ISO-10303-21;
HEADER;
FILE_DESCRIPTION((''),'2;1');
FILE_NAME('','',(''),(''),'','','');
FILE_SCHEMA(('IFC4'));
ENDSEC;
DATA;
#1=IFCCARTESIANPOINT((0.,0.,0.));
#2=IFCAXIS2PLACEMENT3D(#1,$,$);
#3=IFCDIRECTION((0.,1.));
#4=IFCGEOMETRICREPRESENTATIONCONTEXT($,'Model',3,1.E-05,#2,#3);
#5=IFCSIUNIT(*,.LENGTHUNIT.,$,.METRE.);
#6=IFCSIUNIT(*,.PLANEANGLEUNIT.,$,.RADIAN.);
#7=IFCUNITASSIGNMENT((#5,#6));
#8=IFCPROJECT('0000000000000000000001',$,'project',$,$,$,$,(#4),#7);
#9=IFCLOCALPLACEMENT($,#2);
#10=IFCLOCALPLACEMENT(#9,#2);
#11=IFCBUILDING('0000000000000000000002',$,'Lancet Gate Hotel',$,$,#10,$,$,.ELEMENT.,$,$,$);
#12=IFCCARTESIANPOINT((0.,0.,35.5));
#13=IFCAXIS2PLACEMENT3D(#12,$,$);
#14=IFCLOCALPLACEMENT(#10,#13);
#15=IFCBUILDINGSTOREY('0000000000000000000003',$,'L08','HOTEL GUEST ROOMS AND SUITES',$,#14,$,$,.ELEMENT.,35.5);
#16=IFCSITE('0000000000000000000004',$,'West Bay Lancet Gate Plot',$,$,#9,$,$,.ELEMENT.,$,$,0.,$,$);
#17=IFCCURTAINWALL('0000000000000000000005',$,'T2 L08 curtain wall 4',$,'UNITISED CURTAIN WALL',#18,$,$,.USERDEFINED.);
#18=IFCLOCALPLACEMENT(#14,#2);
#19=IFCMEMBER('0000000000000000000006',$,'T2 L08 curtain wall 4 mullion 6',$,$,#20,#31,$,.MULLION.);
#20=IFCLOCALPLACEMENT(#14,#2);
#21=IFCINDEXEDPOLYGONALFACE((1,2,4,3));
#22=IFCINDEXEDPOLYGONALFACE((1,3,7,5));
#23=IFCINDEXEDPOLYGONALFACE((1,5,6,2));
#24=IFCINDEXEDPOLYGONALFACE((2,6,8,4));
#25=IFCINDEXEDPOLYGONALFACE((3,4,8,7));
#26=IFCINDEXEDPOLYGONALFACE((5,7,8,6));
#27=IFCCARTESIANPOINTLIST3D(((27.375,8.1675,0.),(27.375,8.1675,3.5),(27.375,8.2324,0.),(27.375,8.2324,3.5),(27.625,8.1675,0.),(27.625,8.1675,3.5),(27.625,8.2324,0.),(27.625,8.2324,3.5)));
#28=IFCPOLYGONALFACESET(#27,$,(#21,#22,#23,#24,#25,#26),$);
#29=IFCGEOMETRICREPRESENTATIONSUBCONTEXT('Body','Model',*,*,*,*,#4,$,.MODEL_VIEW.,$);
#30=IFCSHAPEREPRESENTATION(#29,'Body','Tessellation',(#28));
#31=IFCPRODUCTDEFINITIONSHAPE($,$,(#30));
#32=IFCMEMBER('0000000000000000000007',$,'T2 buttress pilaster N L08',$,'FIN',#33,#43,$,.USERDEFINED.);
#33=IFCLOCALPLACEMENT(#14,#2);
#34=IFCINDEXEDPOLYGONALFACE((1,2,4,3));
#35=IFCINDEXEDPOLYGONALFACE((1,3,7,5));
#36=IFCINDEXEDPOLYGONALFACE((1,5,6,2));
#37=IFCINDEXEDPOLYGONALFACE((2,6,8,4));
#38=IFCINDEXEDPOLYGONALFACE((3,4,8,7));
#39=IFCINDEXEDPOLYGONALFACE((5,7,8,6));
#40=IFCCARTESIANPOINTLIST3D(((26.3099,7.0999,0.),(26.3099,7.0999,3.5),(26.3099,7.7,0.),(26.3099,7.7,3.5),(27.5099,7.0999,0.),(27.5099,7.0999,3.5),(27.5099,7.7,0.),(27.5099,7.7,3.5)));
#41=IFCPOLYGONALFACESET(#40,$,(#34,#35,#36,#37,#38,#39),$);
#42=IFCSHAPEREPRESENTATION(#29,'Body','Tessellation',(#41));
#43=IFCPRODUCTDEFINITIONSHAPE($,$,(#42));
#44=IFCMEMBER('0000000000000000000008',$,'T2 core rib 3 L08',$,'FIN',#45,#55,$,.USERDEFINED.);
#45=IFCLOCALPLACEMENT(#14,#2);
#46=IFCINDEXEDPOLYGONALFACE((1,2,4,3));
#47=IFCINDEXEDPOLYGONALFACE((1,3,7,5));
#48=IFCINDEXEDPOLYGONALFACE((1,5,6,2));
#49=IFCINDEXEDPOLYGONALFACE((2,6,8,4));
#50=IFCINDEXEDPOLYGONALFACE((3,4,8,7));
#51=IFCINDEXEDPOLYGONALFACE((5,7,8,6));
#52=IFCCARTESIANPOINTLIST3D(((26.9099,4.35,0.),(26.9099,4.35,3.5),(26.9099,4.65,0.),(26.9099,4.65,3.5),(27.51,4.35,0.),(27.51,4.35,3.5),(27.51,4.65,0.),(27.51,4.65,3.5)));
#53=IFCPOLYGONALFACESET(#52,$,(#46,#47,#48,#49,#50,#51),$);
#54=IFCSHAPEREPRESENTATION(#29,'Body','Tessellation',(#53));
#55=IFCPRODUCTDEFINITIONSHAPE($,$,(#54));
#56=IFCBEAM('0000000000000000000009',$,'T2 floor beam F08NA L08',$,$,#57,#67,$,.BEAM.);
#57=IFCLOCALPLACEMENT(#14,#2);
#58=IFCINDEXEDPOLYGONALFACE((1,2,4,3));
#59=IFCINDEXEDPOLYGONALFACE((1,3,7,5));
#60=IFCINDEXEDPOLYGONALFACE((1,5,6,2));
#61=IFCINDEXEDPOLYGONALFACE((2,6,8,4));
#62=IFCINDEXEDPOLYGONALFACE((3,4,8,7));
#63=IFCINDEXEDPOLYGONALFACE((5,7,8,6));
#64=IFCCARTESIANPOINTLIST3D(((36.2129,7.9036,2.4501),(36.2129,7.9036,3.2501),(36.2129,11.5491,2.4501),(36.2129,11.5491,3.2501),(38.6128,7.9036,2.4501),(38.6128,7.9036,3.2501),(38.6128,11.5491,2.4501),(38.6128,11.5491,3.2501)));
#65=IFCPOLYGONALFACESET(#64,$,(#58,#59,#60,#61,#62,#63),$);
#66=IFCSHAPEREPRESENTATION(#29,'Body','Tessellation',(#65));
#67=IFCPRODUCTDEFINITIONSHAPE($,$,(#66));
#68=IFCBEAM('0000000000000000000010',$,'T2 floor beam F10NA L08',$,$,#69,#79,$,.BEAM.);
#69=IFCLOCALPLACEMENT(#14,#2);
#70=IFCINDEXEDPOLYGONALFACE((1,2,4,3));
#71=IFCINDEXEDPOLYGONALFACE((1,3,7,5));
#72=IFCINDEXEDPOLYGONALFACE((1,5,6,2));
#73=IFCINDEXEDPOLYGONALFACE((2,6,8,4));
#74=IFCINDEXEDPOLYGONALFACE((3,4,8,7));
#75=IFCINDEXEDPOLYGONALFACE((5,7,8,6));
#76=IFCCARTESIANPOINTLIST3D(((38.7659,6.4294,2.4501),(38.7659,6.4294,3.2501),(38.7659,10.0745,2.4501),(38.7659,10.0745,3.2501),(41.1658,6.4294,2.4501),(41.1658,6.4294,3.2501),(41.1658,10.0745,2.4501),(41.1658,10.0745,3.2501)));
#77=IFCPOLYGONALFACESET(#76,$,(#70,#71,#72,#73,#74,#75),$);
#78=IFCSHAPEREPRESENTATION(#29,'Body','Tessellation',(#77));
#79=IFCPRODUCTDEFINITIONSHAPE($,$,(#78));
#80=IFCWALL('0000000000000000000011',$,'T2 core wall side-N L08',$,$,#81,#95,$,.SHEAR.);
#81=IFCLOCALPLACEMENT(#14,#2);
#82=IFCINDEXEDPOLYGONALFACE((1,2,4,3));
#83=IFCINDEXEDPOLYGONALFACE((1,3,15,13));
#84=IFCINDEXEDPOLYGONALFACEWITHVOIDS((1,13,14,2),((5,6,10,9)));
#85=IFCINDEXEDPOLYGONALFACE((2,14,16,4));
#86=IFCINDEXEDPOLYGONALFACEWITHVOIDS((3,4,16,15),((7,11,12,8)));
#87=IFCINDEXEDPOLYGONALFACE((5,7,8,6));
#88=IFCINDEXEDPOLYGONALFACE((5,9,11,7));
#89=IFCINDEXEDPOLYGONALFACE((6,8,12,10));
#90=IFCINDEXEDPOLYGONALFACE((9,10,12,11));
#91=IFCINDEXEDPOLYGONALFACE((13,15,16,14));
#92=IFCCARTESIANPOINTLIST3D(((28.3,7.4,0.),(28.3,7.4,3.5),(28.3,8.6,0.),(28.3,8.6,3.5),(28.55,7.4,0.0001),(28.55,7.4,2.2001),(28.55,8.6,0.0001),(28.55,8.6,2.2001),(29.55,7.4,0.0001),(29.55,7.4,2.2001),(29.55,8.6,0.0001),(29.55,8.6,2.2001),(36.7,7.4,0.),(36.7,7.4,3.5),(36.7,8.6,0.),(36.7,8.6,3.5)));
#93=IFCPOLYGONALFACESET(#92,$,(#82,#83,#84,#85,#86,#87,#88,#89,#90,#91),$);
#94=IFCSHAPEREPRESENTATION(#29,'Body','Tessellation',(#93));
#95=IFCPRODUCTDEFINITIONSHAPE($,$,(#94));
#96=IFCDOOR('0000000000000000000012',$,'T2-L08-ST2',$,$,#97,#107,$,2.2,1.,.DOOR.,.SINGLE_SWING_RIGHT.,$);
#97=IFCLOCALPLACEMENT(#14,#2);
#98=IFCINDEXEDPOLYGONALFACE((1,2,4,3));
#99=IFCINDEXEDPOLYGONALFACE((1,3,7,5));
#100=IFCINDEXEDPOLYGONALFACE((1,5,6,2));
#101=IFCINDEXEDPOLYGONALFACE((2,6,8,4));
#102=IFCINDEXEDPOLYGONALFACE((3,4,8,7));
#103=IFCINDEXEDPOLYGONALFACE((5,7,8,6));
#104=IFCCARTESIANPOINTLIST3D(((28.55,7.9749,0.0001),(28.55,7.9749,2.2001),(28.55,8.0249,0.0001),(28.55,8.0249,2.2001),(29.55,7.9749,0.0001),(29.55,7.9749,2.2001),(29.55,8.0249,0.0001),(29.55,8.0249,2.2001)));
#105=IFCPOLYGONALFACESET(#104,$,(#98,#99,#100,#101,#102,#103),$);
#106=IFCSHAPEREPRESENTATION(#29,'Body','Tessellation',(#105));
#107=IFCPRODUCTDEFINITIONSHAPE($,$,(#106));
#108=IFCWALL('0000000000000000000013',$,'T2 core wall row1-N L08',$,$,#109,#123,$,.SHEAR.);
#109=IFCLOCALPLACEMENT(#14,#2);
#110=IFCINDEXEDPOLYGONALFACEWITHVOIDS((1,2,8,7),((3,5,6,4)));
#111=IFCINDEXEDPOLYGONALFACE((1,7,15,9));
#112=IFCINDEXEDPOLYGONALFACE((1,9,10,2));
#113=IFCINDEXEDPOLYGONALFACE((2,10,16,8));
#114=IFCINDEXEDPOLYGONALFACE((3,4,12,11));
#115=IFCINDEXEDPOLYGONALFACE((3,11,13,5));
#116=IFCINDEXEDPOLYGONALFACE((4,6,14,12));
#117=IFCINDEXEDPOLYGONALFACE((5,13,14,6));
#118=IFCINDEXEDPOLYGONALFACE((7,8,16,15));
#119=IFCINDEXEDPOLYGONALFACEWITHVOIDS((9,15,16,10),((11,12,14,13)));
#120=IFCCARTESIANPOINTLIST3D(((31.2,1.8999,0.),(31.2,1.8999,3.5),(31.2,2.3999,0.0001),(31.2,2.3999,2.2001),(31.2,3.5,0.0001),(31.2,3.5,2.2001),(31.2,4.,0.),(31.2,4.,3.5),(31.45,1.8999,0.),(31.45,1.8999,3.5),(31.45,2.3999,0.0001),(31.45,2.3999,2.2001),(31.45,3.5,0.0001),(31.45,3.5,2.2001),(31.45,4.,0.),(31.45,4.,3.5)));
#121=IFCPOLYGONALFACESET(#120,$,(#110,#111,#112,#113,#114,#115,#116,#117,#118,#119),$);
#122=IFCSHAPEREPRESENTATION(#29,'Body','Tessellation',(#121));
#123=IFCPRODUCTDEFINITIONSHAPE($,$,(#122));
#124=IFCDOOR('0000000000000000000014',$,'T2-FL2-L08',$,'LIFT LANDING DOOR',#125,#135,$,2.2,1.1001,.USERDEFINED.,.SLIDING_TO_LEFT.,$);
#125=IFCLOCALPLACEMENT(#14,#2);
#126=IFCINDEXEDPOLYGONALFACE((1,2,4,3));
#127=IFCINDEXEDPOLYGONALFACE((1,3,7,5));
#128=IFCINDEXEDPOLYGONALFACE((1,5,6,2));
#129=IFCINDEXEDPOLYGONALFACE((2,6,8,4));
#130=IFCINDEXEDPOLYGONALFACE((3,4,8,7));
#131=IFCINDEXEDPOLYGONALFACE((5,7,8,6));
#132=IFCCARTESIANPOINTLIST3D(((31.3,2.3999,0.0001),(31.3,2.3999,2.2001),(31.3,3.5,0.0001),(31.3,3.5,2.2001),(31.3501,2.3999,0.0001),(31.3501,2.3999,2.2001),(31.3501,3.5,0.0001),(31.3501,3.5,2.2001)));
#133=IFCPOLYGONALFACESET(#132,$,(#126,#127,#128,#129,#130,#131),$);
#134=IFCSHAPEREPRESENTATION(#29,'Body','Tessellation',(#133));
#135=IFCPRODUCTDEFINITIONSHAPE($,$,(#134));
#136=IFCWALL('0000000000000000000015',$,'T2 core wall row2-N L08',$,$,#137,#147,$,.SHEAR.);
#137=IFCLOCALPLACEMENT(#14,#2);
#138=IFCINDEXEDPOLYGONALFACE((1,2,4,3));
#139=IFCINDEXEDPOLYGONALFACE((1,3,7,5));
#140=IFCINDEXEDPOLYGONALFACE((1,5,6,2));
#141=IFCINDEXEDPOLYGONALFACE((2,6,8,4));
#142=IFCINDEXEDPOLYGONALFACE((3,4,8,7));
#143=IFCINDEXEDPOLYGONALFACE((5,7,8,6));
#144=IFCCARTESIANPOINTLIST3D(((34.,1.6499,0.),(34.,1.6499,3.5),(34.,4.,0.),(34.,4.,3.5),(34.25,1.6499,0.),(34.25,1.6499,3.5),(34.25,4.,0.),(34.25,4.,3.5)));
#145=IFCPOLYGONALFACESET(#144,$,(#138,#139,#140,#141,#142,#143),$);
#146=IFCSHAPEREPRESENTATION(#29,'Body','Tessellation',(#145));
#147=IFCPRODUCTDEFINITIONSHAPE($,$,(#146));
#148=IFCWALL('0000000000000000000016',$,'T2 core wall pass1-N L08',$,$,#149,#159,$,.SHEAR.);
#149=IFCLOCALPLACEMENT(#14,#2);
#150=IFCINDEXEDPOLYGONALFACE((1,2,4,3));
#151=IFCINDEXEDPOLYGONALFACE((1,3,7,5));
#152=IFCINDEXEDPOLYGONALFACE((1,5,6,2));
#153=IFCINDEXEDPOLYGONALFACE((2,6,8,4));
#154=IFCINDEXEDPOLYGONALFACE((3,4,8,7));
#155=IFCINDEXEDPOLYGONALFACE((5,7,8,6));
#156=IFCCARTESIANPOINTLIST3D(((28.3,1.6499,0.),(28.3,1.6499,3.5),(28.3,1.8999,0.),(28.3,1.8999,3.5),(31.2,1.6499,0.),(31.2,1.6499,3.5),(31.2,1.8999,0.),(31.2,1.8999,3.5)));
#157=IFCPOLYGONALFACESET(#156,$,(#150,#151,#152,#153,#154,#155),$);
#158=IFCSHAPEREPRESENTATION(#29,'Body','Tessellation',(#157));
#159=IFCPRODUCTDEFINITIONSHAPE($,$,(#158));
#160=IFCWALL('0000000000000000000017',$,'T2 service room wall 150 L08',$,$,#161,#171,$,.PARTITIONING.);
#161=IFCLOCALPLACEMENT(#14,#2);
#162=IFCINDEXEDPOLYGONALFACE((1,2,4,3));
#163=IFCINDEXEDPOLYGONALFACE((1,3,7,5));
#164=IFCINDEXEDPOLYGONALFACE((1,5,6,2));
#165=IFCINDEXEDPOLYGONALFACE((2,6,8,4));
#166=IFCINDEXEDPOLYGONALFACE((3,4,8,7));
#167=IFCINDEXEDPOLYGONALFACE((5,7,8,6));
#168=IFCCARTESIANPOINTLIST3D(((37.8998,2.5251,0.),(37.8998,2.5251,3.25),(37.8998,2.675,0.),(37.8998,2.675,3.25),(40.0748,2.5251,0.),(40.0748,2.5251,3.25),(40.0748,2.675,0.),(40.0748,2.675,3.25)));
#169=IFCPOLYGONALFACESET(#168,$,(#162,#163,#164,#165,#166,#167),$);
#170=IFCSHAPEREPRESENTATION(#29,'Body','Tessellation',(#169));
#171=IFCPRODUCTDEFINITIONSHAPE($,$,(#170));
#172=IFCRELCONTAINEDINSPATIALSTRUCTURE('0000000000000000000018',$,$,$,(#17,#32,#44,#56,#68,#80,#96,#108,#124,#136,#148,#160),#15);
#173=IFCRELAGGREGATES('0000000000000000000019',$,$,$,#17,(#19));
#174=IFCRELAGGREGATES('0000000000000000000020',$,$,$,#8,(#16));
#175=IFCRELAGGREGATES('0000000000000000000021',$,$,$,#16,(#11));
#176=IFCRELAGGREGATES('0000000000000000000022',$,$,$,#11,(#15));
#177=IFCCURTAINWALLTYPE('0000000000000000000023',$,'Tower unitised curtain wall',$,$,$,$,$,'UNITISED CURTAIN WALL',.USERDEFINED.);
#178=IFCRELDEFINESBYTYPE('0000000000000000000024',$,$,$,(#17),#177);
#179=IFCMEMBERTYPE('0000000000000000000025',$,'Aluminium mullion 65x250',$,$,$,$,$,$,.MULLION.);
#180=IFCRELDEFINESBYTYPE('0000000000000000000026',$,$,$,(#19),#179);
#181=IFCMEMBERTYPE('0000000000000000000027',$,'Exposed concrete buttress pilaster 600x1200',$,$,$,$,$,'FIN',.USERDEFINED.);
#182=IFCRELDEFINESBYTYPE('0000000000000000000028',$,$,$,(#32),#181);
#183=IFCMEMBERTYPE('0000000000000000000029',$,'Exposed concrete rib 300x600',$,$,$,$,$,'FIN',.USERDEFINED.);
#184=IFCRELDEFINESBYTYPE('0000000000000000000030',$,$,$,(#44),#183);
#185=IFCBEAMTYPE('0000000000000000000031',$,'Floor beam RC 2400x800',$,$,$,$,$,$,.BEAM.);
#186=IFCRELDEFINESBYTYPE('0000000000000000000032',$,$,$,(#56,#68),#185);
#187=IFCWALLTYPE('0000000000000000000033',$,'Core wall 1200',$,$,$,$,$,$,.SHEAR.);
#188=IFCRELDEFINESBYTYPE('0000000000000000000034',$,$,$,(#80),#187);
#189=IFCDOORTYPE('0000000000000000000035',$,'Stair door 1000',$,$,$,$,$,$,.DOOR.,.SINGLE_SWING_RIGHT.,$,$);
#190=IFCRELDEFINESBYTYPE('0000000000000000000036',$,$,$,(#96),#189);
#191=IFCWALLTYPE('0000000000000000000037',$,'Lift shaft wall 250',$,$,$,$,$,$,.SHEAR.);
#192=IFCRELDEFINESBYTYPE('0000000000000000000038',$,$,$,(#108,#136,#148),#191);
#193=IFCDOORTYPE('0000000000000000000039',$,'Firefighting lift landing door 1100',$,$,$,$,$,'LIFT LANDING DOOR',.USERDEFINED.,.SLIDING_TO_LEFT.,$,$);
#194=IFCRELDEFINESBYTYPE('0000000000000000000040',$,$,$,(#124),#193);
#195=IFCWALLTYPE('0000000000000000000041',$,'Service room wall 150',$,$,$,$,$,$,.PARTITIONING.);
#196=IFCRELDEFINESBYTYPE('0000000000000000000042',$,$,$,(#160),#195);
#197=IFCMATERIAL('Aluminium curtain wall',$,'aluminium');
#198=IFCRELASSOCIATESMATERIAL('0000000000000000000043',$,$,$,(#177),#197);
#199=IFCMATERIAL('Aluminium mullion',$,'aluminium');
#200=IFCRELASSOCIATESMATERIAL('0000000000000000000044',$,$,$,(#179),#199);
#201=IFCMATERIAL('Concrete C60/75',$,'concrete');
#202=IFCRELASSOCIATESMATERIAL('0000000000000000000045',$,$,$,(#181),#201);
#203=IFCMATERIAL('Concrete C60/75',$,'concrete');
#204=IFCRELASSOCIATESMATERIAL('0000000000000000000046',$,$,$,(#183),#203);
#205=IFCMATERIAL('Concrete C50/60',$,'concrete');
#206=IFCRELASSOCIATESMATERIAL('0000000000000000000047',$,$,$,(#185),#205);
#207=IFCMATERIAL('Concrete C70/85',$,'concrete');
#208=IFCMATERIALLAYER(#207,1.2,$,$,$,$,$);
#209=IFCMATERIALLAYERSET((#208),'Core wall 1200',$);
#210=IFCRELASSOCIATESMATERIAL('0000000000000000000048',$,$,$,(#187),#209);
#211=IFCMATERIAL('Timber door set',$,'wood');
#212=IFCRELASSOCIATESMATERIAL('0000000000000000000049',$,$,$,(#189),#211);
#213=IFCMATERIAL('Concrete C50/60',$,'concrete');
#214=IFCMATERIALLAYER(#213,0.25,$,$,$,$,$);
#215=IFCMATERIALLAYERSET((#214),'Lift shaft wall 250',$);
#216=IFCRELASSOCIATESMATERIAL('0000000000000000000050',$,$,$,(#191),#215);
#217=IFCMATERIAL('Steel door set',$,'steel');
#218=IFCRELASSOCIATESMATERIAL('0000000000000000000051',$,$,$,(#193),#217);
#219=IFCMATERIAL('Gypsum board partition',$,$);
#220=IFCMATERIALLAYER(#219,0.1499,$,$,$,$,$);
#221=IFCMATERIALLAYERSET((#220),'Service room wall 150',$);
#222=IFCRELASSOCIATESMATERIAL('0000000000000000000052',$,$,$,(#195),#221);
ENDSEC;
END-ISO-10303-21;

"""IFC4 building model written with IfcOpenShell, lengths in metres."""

from ifc_helpers import new_model, si_unit, direction, frame, frame_2d, origin, origin_2d, place, context, subcontext, project, spatial, rectangle, extrude, material, layer, layer_set, material_profile, profile_set, type_object, element, fill, aggregate, save


model = new_model("IFC4")

# Units and contexts
model_context = context("Model", 3, precision=1e-05, world=origin(), true_north=direction((0.0, 1.0)))
body_context = subcontext(model_context, "Body", "Model", "MODEL_VIEW")
ifc_project = project(units=[si_unit("LENGTHUNIT", "METRE"), si_unit("PLANEANGLEUNIT", "RADIAN")], contexts=[model_context])

# Site, building, storey
site_placement = place(None, origin())
site = spatial("IfcSite", under=ifc_project, at=site_placement, Name="West Bay Lancet Gate Plot", CompositionType="ELEMENT", RefElevation=0.0)
building_placement = place(site_placement, origin())
building = spatial("IfcBuilding", under=site, at=building_placement, Name="Lancet Gate Hotel", CompositionType="ELEMENT")
storey_placement = place(building_placement, frame((0.0, 0.0, 35.5)))
storey = spatial("IfcBuildingStorey", under=building, at=storey_placement, Name="L08", Description="HOTEL GUEST ROOMS AND SUITES", CompositionType="ELEMENT", Elevation=35.5)

# Curtain wall, member
ifc_material_1 = material(Name="Aluminium curtain wall", Category="aluminium")
curtain_wall_type = type_object("IfcCurtainWallType", Name="Tower unitised curtain wall", ElementType="UNITISED CURTAIN WALL", PredefinedType="USERDEFINED", material=ifc_material_1)
curtain_wall_placement = place(storey_placement, origin())
curtain_wall = element("IfcCurtainWall", 1, at=curtain_wall_placement, inside=storey, type_object=curtain_wall_type, Name="T2 L08 curtain wall 4", ObjectType="UNITISED CURTAIN WALL", PredefinedType="USERDEFINED")
ifc_material_2 = material(Name="Aluminium mullion", Category="aluminium")
ifc_material_profile_1 = material_profile(ifc_material_2, rectangle(XDim=0.0649, YDim=0.25, at=origin_2d()), Name="MULLION 65x250")
ifc_profile_set_1 = profile_set([ifc_material_profile_1], Name="Aluminium mullion")
member_type_1 = type_object("IfcMemberType", Name="Aluminium mullion 65x250", PredefinedType="MULLION", material=ifc_profile_set_1)
member_1_placement = place(storey_placement, frame((27.5, 8.2, 0.0), z_axis=(0.0, 0.0, 1.0), x_axis=(0.0, -1.0, 0.0)))
member_1 = element("IfcMember", 2, at=member_1_placement, type_object=member_type_1, Name="T2 L08 curtain wall 4 mullion 6", PredefinedType="MULLION", context=body_context, shape_type="SweptSolid", body=[
    extrude(rectangle(XDim=0.0649, YDim=0.25, at=origin_2d()), origin(), (0.0, 0.0, 1.0), 3.5),
])
aggregate(curtain_wall, [member_1])

# Members
ifc_material_3 = material(Name="Concrete C60/75", Category="concrete")
ifc_material_profile_2 = material_profile(ifc_material_3, rectangle(XDim=0.6001, YDim=1.2, at=origin_2d()), Name="FIN 600x1200")
ifc_profile_set_2 = profile_set([ifc_material_profile_2], Name="Concrete C60/75")
member_type_2 = type_object("IfcMemberType", Name="Exposed concrete buttress pilaster 600x1200", ElementType="FIN", PredefinedType="USERDEFINED", material=ifc_profile_set_2)
member_2_placement = place(storey_placement, frame((26.9099, 7.3999, 0.0), z_axis=(0.0, 0.0, 1.0), x_axis=(0.0, 1.0, 0.0)))
element("IfcMember", 3, at=member_2_placement, inside=storey, type_object=member_type_2, Name="T2 buttress pilaster N L08", ObjectType="FIN", PredefinedType="USERDEFINED", context=body_context, shape_type="SweptSolid", body=[
    extrude(rectangle(XDim=0.6001, YDim=1.2, at=origin_2d()), origin(), (0.0, 0.0, 1.0), 3.5),
])
ifc_material_4 = material(Name="Concrete C60/75", Category="concrete")
ifc_material_profile_3 = material_profile(ifc_material_4, rectangle(XDim=0.3, YDim=0.6001, at=origin_2d()), Name="FIN 300x600")
ifc_profile_set_3 = profile_set([ifc_material_profile_3], Name="Concrete C60/75")
member_type_3 = type_object("IfcMemberType", Name="Exposed concrete rib 300x600", ElementType="FIN", PredefinedType="USERDEFINED", material=ifc_profile_set_3)
member_3_placement = place(storey_placement, frame((27.21, 4.5, 0.0), z_axis=(0.0, 0.0, 1.0), x_axis=(0.0, 1.0, 0.0)))
element("IfcMember", 4, at=member_3_placement, inside=storey, type_object=member_type_3, Name="T2 core rib 3 L08", ObjectType="FIN", PredefinedType="USERDEFINED", context=body_context, shape_type="SweptSolid", body=[
    extrude(rectangle(XDim=0.3, YDim=0.6001, at=origin_2d()), origin(), (0.0, 0.0, 1.0), 3.5),
])

# Beams
ifc_material_5 = material(Name="Concrete C50/60", Category="concrete")
ifc_material_profile_4 = material_profile(ifc_material_5, rectangle(XDim=2.3999, YDim=0.8, at=origin_2d()), Name="RC 2400x800")
ifc_profile_set_4 = profile_set([ifc_material_profile_4], Name="Concrete C50/60")
beam_type = type_object("IfcBeamType", Name="Floor beam RC 2400x800", PredefinedType="BEAM", material=ifc_profile_set_4)
beam_1_placement = place(storey_placement, frame((37.4128, 7.9036, 2.8501), z_axis=(0.0, 1.0, 0.0), x_axis=(-1.0, 0.0, 0.0)))
element("IfcBeam", 5, at=beam_1_placement, inside=storey, type_object=beam_type, Name="T2 floor beam F08NA L08", PredefinedType="BEAM", context=body_context, shape_type="SweptSolid", body=[
    extrude(rectangle(XDim=2.3999, YDim=0.8, at=origin_2d()), origin(), (0.0, 0.0, 1.0), 3.6455),
])
beam_2_placement = place(storey_placement, frame((39.9658, 6.4294, 2.8501), z_axis=(0.0, 1.0, 0.0), x_axis=(-1.0, 0.0, 0.0)))
element("IfcBeam", 6, at=beam_2_placement, inside=storey, type_object=beam_type, Name="T2 floor beam F10NA L08", PredefinedType="BEAM", context=body_context, shape_type="SweptSolid", body=[
    extrude(rectangle(XDim=2.3999, YDim=0.8, at=origin_2d()), origin(), (0.0, 0.0, 1.0), 3.645),
])

# Walls, openings, doors
ifc_material_6 = material(Name="Concrete C70/85", Category="concrete")
ifc_layer_1 = layer(ifc_material_6, 1.2)
ifc_layer_set_1 = layer_set([ifc_layer_1], Name="Core wall 1200")
wall_type_1 = type_object("IfcWallType", Name="Core wall 1200", PredefinedType="SHEAR", material=ifc_layer_set_1)
wall_1_placement = place(storey_placement, frame((28.3, 8.0, 0.0), z_axis=(0.0, 0.0, 1.0), x_axis=(1.0, 0.0, 0.0)))
wall_1 = element("IfcWall", 7, at=wall_1_placement, inside=storey, type_object=wall_type_1, Name="T2 core wall side-N L08", PredefinedType="SHEAR", context=body_context, shape_type="SweptSolid", body=[
    extrude(rectangle(XDim=8.3999, YDim=1.2, at=frame_2d((4.2, 0.0))), origin(), (0.0, 0.0, 1.0), 3.5),
])
opening_1_placement = place(wall_1_placement, frame((0.25, 0.0, 0.0)))
opening_1 = element("IfcOpeningElement", 8, at=opening_1_placement, cuts=wall_1, PredefinedType="OPENING", context=body_context, shape_type="SweptSolid", body=[
    extrude(rectangle(XDim=1.0, YDim=2.2, at=frame_2d((0.5, 1.1001))), frame((0.0, 0.6099, 0.0), z_axis=(0.0, -1.0, 0.0), x_axis=(1.0, 0.0, 0.0)), (0.0, 0.0, 1.0), 1.22),
])
ifc_material_7 = material(Name="Timber door set", Category="wood")
door_type_1 = type_object("IfcDoorType", Name="Stair door 1000", OperationType="SINGLE_SWING_RIGHT", PredefinedType="DOOR", material=ifc_material_7)
door_1_placement = place(opening_1_placement, origin())
door_1 = element("IfcDoor", 9, at=door_1_placement, inside=storey, type_object=door_type_1, Name="T2-L08-ST2", OperationType="SINGLE_SWING_RIGHT", OverallHeight=2.2, OverallWidth=1.0, PredefinedType="DOOR", context=body_context, shape_type="SweptSolid", body=[
    extrude(rectangle(XDim=1.0, YDim=2.2, at=frame_2d((0.5, 1.1001))), frame((0.0, 0.0249, 0.0), z_axis=(0.0, -1.0, 0.0), x_axis=(1.0, 0.0, 0.0)), (0.0, 0.0, 1.0), 0.05),
])
fill(opening_1, door_1)
ifc_material_8 = material(Name="Concrete C50/60", Category="concrete")
ifc_layer_2 = layer(ifc_material_8, 0.25)
ifc_layer_set_2 = layer_set([ifc_layer_2], Name="Lift shaft wall 250")
wall_type_2 = type_object("IfcWallType", Name="Lift shaft wall 250", PredefinedType="SHEAR", material=ifc_layer_set_2)
wall_2_placement = place(storey_placement, frame((31.325, 1.8999, 0.0), z_axis=(0.0, 0.0, 1.0), x_axis=(0.0, 1.0, 0.0)))
wall_2 = element("IfcWall", 10, at=wall_2_placement, inside=storey, type_object=wall_type_2, Name="T2 core wall row1-N L08", PredefinedType="SHEAR", context=body_context, shape_type="SweptSolid", body=[
    extrude(rectangle(XDim=2.1001, YDim=0.25, at=frame_2d((1.05, 0.0))), origin(), (0.0, 0.0, 1.0), 3.5),
])
opening_2_placement = place(wall_2_placement, frame((0.5, 0.0, 0.0)))
opening_2 = element("IfcOpeningElement", 11, at=opening_2_placement, cuts=wall_2, PredefinedType="OPENING", context=body_context, shape_type="SweptSolid", body=[
    extrude(rectangle(XDim=1.1001, YDim=2.2, at=frame_2d((0.55, 1.1001))), frame((0.0, 0.135, 0.0), z_axis=(0.0, -1.0, 0.0), x_axis=(1.0, 0.0, 0.0)), (0.0, 0.0, 1.0), 0.27),
])
ifc_material_9 = material(Name="Steel door set", Category="steel")
door_type_2 = type_object("IfcDoorType", Name="Firefighting lift landing door 1100", ElementType="LIFT LANDING DOOR", OperationType="SLIDING_TO_LEFT", PredefinedType="USERDEFINED", material=ifc_material_9)
door_2_placement = place(opening_2_placement, origin())
door_2 = element("IfcDoor", 12, at=door_2_placement, inside=storey, type_object=door_type_2, Name="T2-FL2-L08", ObjectType="LIFT LANDING DOOR", OperationType="SLIDING_TO_LEFT", OverallHeight=2.2, OverallWidth=1.1001, PredefinedType="USERDEFINED", context=body_context, shape_type="SweptSolid", body=[
    extrude(rectangle(XDim=1.1001, YDim=2.2, at=frame_2d((0.55, 1.1001))), frame((0.0, 0.0249, 0.0), z_axis=(0.0, -1.0, 0.0), x_axis=(1.0, 0.0, 0.0)), (0.0, 0.0, 1.0), 0.05),
])
fill(opening_2, door_2)

# Walls
wall_3_placement = place(storey_placement, frame((34.125, 1.6499, 0.0), z_axis=(0.0, 0.0, 1.0), x_axis=(0.0, 1.0, 0.0)))
element("IfcWall", 13, at=wall_3_placement, inside=storey, type_object=wall_type_2, Name="T2 core wall row2-N L08", PredefinedType="SHEAR", context=body_context, shape_type="SweptSolid", body=[
    extrude(rectangle(XDim=2.3501, YDim=0.25, at=frame_2d((1.175, 0.0))), origin(), (0.0, 0.0, 1.0), 3.5),
])
wall_4_placement = place(storey_placement, frame((28.3, 1.7749, 0.0), z_axis=(0.0, 0.0, 1.0), x_axis=(1.0, 0.0, 0.0)))
element("IfcWall", 14, at=wall_4_placement, inside=storey, type_object=wall_type_2, Name="T2 core wall pass1-N L08", PredefinedType="SHEAR", context=body_context, shape_type="SweptSolid", body=[
    extrude(rectangle(XDim=2.8999, YDim=0.25, at=frame_2d((1.45, 0.0))), origin(), (0.0, 0.0, 1.0), 3.5),
])
ifc_material_10 = material(Name="Gypsum board partition")
ifc_layer_3 = layer(ifc_material_10, 0.1499)
ifc_layer_set_3 = layer_set([ifc_layer_3], Name="Service room wall 150")
wall_type_3 = type_object("IfcWallType", Name="Service room wall 150", PredefinedType="PARTITIONING", material=ifc_layer_set_3)
for number, where, z_axis, x_axis, name in (
    (15, (37.8999, 2.6001, 0.0), (0.0, 0.0, 1.0), (1.0, 0.0, 0.0), "T2 service room wall 150 L08"),
):
    element("IfcWall", number, at=place(storey_placement, frame(where, z_axis=z_axis, x_axis=x_axis)), inside=storey, type_object=wall_type_3, Name=name, PredefinedType="PARTITIONING", context=body_context, shape_type="SweptSolid", body=[
        extrude(rectangle(XDim=2.175, YDim=0.1499, at=frame_2d((1.0874, 0.0))), origin(), (0.0, 0.0, 1.0), 3.25),
    ])

save(model, "model.ifc")
